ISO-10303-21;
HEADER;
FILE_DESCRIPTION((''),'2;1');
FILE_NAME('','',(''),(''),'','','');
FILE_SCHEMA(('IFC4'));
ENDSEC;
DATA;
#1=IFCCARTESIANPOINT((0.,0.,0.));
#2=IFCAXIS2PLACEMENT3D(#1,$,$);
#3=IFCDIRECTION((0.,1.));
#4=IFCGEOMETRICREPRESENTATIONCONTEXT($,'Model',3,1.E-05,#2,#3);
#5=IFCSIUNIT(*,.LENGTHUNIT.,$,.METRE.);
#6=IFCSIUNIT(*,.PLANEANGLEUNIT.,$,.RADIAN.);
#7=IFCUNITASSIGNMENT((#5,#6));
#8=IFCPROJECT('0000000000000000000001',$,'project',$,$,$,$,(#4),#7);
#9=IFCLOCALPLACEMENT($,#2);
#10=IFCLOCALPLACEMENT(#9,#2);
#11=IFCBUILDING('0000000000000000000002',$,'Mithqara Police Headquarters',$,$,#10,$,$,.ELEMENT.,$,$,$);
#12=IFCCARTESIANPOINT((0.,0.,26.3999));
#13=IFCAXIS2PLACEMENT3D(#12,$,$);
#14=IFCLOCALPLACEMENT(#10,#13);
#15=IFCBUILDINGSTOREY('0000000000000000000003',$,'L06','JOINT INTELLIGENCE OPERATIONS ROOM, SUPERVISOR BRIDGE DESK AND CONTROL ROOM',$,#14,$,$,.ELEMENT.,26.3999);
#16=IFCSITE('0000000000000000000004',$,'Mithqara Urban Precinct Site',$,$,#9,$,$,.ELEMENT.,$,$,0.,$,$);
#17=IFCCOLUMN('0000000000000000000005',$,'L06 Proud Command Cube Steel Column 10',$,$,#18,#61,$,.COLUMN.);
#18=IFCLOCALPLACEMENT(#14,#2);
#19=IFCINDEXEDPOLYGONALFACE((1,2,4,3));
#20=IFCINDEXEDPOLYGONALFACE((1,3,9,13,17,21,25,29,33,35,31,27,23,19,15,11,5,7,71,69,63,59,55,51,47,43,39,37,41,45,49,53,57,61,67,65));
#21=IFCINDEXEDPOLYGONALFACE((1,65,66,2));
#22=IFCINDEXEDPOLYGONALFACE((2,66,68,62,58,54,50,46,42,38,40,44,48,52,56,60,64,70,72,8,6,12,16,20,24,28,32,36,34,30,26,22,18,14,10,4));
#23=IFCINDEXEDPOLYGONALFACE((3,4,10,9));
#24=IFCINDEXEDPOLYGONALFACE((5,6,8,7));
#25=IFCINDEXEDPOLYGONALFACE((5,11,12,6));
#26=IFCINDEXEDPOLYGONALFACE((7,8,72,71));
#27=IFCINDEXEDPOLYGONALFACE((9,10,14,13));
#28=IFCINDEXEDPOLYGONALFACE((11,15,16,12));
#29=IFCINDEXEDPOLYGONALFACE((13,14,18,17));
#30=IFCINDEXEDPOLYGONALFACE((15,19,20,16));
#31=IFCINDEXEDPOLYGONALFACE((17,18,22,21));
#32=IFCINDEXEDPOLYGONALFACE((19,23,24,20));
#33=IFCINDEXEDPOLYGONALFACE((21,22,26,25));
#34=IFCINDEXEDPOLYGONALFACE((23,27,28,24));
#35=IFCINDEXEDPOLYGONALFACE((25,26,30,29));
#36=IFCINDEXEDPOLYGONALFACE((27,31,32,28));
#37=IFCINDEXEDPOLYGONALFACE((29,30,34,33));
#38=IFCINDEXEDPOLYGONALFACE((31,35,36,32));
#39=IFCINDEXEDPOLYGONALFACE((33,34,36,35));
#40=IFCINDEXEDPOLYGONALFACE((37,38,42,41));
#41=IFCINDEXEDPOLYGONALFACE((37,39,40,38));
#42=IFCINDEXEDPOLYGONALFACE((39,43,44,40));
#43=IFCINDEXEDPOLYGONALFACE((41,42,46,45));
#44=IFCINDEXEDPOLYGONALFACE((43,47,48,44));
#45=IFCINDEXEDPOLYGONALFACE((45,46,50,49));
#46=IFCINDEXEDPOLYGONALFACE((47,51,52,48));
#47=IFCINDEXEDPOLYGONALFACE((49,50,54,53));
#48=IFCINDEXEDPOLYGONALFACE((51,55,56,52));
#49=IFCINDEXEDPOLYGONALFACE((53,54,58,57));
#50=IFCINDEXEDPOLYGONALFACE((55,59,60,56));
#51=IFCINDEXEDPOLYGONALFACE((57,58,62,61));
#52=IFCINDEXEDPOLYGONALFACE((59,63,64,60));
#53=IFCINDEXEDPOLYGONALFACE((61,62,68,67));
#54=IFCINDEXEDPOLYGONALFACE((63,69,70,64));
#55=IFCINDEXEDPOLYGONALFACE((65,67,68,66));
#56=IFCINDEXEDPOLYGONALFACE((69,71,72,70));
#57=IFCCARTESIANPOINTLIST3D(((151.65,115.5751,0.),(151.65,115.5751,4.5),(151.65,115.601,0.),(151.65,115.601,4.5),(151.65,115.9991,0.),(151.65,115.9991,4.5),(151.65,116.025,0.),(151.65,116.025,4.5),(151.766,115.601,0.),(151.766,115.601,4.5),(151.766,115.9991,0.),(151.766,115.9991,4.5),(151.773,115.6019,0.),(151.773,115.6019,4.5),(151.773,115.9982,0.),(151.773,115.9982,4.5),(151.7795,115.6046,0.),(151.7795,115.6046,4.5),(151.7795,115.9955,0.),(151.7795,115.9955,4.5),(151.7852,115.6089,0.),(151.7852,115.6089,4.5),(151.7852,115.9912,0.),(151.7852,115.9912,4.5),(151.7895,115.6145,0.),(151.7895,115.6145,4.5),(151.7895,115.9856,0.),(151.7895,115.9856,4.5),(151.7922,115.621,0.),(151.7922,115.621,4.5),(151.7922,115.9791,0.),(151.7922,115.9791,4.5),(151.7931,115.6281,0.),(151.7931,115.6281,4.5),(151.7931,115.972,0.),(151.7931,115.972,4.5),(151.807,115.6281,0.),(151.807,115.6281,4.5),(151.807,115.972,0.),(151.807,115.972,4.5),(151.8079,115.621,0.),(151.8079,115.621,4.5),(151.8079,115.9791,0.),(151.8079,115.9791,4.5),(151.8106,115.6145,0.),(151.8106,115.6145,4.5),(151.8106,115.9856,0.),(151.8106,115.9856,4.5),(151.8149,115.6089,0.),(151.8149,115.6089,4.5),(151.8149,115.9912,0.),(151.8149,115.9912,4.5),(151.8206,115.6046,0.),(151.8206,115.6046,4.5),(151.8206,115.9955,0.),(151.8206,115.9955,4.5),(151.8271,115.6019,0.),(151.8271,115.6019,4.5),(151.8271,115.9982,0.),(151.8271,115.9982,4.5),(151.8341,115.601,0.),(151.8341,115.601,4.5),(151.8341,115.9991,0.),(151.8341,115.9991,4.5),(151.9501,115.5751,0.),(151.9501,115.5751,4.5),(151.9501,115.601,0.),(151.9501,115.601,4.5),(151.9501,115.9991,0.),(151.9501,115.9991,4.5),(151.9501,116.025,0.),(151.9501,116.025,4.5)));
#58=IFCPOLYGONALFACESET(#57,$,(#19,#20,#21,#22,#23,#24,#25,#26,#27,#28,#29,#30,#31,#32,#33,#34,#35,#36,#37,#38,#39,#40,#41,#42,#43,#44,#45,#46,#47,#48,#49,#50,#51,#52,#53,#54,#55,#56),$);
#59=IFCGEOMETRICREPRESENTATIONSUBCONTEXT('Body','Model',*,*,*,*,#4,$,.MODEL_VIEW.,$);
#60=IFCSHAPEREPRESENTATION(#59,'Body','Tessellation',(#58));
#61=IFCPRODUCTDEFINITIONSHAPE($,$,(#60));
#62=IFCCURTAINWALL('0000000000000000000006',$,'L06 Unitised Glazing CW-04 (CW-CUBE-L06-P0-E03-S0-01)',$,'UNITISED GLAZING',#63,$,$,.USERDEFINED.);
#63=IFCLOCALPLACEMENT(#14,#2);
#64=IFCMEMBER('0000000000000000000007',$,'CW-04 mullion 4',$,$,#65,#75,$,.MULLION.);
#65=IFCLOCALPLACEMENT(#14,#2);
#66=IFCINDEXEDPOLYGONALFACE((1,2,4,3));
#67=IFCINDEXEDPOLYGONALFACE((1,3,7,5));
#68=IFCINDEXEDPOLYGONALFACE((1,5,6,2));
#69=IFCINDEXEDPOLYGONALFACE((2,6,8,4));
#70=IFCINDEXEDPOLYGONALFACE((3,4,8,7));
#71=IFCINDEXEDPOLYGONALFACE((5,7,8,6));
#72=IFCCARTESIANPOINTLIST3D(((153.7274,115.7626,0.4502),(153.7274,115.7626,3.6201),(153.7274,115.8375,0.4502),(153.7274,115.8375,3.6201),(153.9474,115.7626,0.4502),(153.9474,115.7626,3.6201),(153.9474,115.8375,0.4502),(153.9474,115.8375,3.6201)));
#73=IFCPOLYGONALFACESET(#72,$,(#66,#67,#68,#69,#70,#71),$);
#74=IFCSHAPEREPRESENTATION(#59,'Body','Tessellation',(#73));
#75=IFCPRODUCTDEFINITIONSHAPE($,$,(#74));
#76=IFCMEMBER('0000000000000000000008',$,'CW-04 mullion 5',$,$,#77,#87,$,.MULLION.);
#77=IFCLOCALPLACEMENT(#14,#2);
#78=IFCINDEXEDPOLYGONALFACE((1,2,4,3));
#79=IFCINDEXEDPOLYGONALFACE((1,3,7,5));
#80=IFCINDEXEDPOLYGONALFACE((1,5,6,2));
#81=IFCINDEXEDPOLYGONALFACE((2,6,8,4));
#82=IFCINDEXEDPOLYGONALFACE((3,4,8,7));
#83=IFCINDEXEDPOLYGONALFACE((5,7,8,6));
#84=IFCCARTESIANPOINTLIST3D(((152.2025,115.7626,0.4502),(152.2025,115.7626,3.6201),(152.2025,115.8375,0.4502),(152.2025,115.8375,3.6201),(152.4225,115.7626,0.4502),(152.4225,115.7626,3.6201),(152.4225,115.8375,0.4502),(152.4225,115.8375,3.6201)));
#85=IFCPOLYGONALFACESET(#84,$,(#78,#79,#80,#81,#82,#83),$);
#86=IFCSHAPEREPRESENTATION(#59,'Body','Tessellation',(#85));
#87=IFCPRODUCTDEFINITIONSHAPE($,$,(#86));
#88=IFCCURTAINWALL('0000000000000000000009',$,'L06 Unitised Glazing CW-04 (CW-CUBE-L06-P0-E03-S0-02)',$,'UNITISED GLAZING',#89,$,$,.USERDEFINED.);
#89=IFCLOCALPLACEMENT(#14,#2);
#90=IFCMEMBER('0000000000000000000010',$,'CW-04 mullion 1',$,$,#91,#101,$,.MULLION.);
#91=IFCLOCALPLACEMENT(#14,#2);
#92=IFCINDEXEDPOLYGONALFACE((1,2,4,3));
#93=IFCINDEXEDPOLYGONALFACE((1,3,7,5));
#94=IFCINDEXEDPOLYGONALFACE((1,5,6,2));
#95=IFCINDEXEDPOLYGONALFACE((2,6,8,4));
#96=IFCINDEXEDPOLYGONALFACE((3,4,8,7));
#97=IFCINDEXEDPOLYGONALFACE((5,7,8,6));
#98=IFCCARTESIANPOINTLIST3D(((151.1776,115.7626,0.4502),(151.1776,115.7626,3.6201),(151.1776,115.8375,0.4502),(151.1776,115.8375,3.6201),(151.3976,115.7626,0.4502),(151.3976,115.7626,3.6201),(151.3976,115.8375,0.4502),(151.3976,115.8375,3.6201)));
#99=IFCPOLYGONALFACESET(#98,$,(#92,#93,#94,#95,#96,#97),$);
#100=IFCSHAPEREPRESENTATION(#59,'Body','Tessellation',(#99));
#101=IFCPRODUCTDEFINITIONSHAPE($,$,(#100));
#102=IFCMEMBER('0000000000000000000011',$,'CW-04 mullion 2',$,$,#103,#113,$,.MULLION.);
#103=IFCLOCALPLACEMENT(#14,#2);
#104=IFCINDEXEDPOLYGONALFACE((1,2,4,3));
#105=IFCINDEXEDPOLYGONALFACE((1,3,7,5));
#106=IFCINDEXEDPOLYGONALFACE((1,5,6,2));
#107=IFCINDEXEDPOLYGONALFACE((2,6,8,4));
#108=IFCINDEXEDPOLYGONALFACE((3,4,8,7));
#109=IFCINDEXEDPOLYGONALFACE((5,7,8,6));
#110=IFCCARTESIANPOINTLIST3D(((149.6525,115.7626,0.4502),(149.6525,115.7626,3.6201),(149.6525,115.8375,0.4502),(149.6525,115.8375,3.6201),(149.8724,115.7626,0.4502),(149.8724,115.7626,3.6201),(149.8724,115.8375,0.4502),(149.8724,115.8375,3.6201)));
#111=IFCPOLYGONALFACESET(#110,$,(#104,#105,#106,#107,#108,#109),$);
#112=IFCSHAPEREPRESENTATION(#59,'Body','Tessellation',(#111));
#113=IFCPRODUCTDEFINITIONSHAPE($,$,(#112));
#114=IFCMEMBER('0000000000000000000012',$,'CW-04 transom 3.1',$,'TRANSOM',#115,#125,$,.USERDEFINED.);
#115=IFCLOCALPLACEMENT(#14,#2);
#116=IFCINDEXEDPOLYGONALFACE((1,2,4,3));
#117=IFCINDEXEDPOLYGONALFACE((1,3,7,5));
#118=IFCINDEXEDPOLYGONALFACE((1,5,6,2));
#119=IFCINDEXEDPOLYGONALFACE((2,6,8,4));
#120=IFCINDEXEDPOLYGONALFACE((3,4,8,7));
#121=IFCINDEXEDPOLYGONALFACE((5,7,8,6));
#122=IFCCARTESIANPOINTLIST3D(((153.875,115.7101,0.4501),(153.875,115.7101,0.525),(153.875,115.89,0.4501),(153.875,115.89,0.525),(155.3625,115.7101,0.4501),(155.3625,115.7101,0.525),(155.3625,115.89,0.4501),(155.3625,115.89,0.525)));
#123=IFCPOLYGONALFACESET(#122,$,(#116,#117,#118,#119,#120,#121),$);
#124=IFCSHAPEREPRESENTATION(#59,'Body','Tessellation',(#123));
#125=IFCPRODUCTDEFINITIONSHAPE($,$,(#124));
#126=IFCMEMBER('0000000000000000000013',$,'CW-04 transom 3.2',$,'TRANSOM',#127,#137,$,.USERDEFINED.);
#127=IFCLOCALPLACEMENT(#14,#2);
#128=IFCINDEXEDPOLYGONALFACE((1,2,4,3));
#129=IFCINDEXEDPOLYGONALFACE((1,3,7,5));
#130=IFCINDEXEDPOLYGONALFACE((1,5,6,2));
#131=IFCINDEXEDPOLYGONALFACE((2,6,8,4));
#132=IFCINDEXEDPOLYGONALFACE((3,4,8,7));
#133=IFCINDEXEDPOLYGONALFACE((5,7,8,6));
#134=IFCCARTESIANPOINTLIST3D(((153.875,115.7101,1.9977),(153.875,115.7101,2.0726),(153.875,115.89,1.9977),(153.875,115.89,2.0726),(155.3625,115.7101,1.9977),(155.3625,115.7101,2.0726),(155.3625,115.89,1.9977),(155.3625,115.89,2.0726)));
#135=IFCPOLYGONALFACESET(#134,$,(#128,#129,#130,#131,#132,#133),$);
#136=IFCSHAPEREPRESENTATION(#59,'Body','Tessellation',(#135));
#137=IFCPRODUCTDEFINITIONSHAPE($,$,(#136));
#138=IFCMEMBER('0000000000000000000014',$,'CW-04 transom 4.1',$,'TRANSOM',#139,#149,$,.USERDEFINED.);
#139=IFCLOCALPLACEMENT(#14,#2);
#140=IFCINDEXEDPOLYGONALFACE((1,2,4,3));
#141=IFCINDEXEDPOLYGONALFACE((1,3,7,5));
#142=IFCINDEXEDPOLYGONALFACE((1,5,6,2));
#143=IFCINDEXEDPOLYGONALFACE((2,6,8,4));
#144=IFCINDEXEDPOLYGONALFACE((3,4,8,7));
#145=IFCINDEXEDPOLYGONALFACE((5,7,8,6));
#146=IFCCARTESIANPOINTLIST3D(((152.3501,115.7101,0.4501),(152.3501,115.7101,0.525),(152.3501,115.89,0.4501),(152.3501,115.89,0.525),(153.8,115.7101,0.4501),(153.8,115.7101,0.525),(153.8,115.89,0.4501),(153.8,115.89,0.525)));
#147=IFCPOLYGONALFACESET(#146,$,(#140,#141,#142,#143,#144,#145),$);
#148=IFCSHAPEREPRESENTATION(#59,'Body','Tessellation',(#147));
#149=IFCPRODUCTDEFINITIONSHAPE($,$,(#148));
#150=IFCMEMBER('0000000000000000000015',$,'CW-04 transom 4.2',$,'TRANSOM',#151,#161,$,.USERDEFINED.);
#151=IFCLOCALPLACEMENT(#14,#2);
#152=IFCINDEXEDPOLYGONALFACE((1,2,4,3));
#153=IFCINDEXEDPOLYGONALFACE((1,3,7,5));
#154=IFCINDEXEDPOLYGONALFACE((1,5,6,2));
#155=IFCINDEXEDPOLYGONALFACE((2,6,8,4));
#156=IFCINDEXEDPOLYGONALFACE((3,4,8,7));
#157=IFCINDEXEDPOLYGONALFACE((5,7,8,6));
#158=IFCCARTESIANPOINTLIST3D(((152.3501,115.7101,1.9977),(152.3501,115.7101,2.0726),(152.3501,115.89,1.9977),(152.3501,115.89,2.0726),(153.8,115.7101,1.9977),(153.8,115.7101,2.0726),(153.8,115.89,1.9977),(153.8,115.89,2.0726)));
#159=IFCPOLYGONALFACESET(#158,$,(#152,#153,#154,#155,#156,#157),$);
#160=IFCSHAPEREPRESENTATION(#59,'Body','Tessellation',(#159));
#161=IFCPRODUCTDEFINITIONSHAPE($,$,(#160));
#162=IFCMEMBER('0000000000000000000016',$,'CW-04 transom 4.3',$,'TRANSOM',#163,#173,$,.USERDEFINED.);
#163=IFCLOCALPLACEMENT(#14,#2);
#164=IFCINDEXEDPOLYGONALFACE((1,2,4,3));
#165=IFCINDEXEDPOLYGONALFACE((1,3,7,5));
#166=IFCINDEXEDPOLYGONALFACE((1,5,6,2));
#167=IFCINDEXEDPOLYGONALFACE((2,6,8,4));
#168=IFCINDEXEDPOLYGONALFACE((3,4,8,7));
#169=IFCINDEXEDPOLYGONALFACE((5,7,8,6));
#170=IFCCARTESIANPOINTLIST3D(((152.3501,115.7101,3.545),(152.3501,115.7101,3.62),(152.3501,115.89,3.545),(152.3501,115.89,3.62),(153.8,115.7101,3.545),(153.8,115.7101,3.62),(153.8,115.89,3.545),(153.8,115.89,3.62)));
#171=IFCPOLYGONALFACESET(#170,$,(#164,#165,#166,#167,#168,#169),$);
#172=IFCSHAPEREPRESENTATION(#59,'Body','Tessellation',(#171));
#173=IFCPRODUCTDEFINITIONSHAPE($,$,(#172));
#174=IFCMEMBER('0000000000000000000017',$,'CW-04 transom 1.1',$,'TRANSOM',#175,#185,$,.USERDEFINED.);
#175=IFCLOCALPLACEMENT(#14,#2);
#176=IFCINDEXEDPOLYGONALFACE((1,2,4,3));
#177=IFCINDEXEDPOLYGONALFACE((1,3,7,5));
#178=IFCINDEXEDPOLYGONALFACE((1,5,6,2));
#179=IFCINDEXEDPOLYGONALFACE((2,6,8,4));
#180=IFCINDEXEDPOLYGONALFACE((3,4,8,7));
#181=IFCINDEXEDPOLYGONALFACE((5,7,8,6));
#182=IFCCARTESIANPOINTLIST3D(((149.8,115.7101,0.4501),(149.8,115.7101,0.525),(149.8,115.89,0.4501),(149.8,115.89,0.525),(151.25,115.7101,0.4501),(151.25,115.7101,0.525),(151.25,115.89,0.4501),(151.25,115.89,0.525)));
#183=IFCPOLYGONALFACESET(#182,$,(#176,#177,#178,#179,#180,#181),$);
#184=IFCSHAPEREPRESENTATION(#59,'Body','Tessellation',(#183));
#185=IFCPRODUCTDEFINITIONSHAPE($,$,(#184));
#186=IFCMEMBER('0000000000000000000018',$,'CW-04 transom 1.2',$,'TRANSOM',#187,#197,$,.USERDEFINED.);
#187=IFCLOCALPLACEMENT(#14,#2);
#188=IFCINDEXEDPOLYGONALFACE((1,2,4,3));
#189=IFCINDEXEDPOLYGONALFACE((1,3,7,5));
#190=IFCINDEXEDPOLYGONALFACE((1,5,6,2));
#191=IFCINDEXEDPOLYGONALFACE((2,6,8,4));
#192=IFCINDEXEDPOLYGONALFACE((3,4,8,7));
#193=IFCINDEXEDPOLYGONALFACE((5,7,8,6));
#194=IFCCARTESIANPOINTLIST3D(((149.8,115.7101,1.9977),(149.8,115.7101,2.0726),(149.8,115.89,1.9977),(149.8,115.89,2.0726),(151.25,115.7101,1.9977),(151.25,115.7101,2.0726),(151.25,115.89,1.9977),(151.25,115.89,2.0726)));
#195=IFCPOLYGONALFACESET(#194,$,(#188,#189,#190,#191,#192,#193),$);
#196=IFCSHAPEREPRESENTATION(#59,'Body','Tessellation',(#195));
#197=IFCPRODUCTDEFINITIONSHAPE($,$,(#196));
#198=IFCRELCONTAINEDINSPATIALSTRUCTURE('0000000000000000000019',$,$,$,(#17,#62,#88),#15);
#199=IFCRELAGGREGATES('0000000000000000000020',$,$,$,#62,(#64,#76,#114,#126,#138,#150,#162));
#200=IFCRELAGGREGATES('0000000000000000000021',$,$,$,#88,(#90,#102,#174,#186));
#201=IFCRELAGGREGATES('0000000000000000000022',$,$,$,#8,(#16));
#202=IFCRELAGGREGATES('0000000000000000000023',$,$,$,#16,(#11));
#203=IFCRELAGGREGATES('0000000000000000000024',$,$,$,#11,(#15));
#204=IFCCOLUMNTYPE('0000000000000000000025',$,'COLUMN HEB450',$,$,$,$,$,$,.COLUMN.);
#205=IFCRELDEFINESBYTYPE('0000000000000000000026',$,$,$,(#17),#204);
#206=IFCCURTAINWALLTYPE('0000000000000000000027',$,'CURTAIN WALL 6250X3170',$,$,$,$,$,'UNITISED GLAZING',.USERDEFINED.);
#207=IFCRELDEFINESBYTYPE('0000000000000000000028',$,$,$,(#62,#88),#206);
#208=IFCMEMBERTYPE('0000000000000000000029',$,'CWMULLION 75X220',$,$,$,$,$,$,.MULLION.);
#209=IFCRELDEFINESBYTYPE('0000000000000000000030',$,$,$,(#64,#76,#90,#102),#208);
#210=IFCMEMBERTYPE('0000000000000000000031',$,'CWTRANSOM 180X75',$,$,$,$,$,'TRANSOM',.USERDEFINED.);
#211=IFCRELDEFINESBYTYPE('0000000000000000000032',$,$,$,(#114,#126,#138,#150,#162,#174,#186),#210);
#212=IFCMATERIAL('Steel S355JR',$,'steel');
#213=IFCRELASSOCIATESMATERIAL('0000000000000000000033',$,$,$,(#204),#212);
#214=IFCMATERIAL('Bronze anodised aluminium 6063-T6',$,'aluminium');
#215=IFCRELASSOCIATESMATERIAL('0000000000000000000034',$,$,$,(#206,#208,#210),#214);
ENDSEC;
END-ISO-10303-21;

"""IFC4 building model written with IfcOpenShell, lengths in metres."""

from ifc_helpers import new_model, si_unit, direction, frame, origin, origin_2d, place, context, subcontext, project, spatial, rectangle, i_section, extrude, material, material_profile, profile_set, type_object, element, aggregate, save


model = new_model("IFC4")

# Units and contexts
model_context = context("Model", 3, precision=1e-05, world=origin(), true_north=direction((0.0, 1.0)))
body_context = subcontext(model_context, "Body", "Model", "MODEL_VIEW")
ifc_project = project(units=[si_unit("LENGTHUNIT", "METRE"), si_unit("PLANEANGLEUNIT", "RADIAN")], contexts=[model_context])

# Site, building, storey
site_placement = place(None, origin())
site = spatial("IfcSite", under=ifc_project, at=site_placement, Name="Mithqara Urban Precinct Site", CompositionType="ELEMENT", RefElevation=0.0)
building_placement = place(site_placement, origin())
building = spatial("IfcBuilding", under=site, at=building_placement, Name="Mithqara Police Headquarters", CompositionType="ELEMENT")
storey_placement = place(building_placement, frame((0.0, 0.0, 26.3999)))
storey = spatial("IfcBuildingStorey", under=building, at=storey_placement, Name="L06", Description="JOINT INTELLIGENCE OPERATIONS ROOM, SUPERVISOR BRIDGE DESK AND CONTROL ROOM", CompositionType="ELEMENT", Elevation=26.3999)

# Column
ifc_material_1 = material(Name="Steel S355JR", Category="steel")
ifc_material_profile_1 = material_profile(ifc_material_1, i_section(OverallWidth=0.3, OverallDepth=0.45, WebThickness=0.0139, FlangeThickness=0.0259, FilletRadius=0.0271, at=origin_2d()), Name="HEB 450")
ifc_profile_set_1 = profile_set([ifc_material_profile_1], Name="Steel S355JR")
column_type = type_object("IfcColumnType", Name="COLUMN HEB450", PredefinedType="COLUMN", material=ifc_profile_set_1)
column_placement = place(storey_placement, frame((151.8, 115.8, 0.0), z_axis=(0.0, 0.0, 1.0), x_axis=(1.0, 0.0, 0.0)))
element("IfcColumn", 1, at=column_placement, inside=storey, type_object=column_type, Name="L06 Proud Command Cube Steel Column 10", PredefinedType="COLUMN", context=body_context, shape_type="SweptSolid", body=[
    extrude(i_section(OverallWidth=0.3, OverallDepth=0.45, WebThickness=0.0139, FlangeThickness=0.0259, FilletRadius=0.0271, at=origin_2d()), origin(), (0.0, 0.0, 1.0), 4.5),
])

# Curtain walls, members
ifc_material_2 = material(Name="Bronze anodised aluminium 6063-T6", Category="aluminium")
curtain_wall_type = type_object("IfcCurtainWallType", Name="CURTAIN WALL 6250X3170", ElementType="UNITISED GLAZING", PredefinedType="USERDEFINED", material=ifc_material_2)
curtain_wall_1_placement = place(storey_placement, origin())
curtain_wall_1 = element("IfcCurtainWall", 2, at=curtain_wall_1_placement, inside=storey, type_object=curtain_wall_type, Name="L06 Unitised Glazing CW-04 (CW-CUBE-L06-P0-E03-S0-01)", ObjectType="UNITISED GLAZING", PredefinedType="USERDEFINED")
ifc_material_profile_2 = material_profile(ifc_material_2, rectangle(XDim=0.075, YDim=0.22, at=origin_2d()), Name="CWM 75x220")
ifc_profile_set_2 = profile_set([ifc_material_profile_2], Name="Bronze anodised aluminium 6063-T6")
member_type_1 = type_object("IfcMemberType", Name="CWMULLION 75X220", PredefinedType="MULLION", material=ifc_profile_set_2)
member_1_placement = place(storey_placement, frame((153.8374, 115.8, 0.4502), z_axis=(0.0, 0.0, 1.0), x_axis=(0.0, -1.0, 0.0)))
member_1 = element("IfcMember", 3, at=member_1_placement, type_object=member_type_1, Name="CW-04 mullion 4", PredefinedType="MULLION", context=body_context, shape_type="SweptSolid", body=[
    extrude(rectangle(XDim=0.075, YDim=0.22, at=origin_2d()), origin(), (0.0, 0.0, 1.0), 3.1699),
])
member_2_placement = place(storey_placement, frame((152.3125, 115.8, 0.4502), z_axis=(0.0, 0.0, 1.0), x_axis=(0.0, -1.0, 0.0)))
member_2 = element("IfcMember", 4, at=member_2_placement, type_object=member_type_1, Name="CW-04 mullion 5", PredefinedType="MULLION", context=body_context, shape_type="SweptSolid", body=[
    extrude(rectangle(XDim=0.075, YDim=0.22, at=origin_2d()), origin(), (0.0, 0.0, 1.0), 3.1699),
])
curtain_wall_2_placement = place(storey_placement, origin())
curtain_wall_2 = element("IfcCurtainWall", 5, at=curtain_wall_2_placement, inside=storey, type_object=curtain_wall_type, Name="L06 Unitised Glazing CW-04 (CW-CUBE-L06-P0-E03-S0-02)", ObjectType="UNITISED GLAZING", PredefinedType="USERDEFINED")
member_3_placement = place(storey_placement, frame((151.2876, 115.8, 0.4502), z_axis=(0.0, 0.0, 1.0), x_axis=(0.0, -1.0, 0.0)))
member_3 = element("IfcMember", 6, at=member_3_placement, type_object=member_type_1, Name="CW-04 mullion 1", PredefinedType="MULLION", context=body_context, shape_type="SweptSolid", body=[
    extrude(rectangle(XDim=0.075, YDim=0.22, at=origin_2d()), origin(), (0.0, 0.0, 1.0), 3.1699),
])
member_4_placement = place(storey_placement, frame((149.7625, 115.8, 0.4502), z_axis=(0.0, 0.0, 1.0), x_axis=(0.0, -1.0, 0.0)))
member_4 = element("IfcMember", 7, at=member_4_placement, type_object=member_type_1, Name="CW-04 mullion 2", PredefinedType="MULLION", context=body_context, shape_type="SweptSolid", body=[
    extrude(rectangle(XDim=0.075, YDim=0.22, at=origin_2d()), origin(), (0.0, 0.0, 1.0), 3.1699),
])

# Members
ifc_material_profile_3 = material_profile(ifc_material_2, rectangle(XDim=0.1799, YDim=0.075, at=origin_2d()), Name="CWT 180x75")
ifc_profile_set_3 = profile_set([ifc_material_profile_3], Name="Bronze anodised aluminium 6063-T6")
member_type_2 = type_object("IfcMemberType", Name="CWTRANSOM 180X75", ElementType="TRANSOM", PredefinedType="USERDEFINED", material=ifc_profile_set_3)
member_5_placement = place(storey_placement, frame((155.3625, 115.8, 0.4875), z_axis=(-1.0, 0.0, 0.0), x_axis=(0.0, -1.0, 0.0)))
member_5 = element("IfcMember", 8, at=member_5_placement, type_object=member_type_2, Name="CW-04 transom 3.1", ObjectType="TRANSOM", PredefinedType="USERDEFINED", context=body_context, shape_type="SweptSolid", body=[
    extrude(rectangle(XDim=0.1799, YDim=0.075, at=origin_2d()), origin(), (0.0, 0.0, 1.0), 1.4875),
])
member_6_placement = place(storey_placement, frame((155.3625, 115.8, 2.0352), z_axis=(-1.0, 0.0, 0.0), x_axis=(0.0, -1.0, 0.0)))
member_6 = element("IfcMember", 9, at=member_6_placement, type_object=member_type_2, Name="CW-04 transom 3.2", ObjectType="TRANSOM", PredefinedType="USERDEFINED", context=body_context, shape_type="SweptSolid", body=[
    extrude(rectangle(XDim=0.1799, YDim=0.075, at=origin_2d()), origin(), (0.0, 0.0, 1.0), 1.4875),
])
member_7_placement = place(storey_placement, frame((153.8, 115.8, 0.4875), z_axis=(-1.0, 0.0, 0.0), x_axis=(0.0, -1.0, 0.0)))
member_7 = element("IfcMember", 10, at=member_7_placement, type_object=member_type_2, Name="CW-04 transom 4.1", ObjectType="TRANSOM", PredefinedType="USERDEFINED", context=body_context, shape_type="SweptSolid", body=[
    extrude(rectangle(XDim=0.1799, YDim=0.075, at=origin_2d()), origin(), (0.0, 0.0, 1.0), 1.45),
])
member_8_placement = place(storey_placement, frame((153.8, 115.8, 2.0352), z_axis=(-1.0, 0.0, 0.0), x_axis=(0.0, -1.0, 0.0)))
member_8 = element("IfcMember", 11, at=member_8_placement, type_object=member_type_2, Name="CW-04 transom 4.2", ObjectType="TRANSOM", PredefinedType="USERDEFINED", context=body_context, shape_type="SweptSolid", body=[
    extrude(rectangle(XDim=0.1799, YDim=0.075, at=origin_2d()), origin(), (0.0, 0.0, 1.0), 1.45),
])
member_9_placement = place(storey_placement, frame((153.8, 115.8, 3.5825), z_axis=(-1.0, 0.0, 0.0), x_axis=(0.0, -1.0, 0.0)))
member_9 = element("IfcMember", 12, at=member_9_placement, type_object=member_type_2, Name="CW-04 transom 4.3", ObjectType="TRANSOM", PredefinedType="USERDEFINED", context=body_context, shape_type="SweptSolid", body=[
    extrude(rectangle(XDim=0.1799, YDim=0.075, at=origin_2d()), origin(), (0.0, 0.0, 1.0), 1.45),
])
member_10_placement = place(storey_placement, frame((151.25, 115.8, 0.4875), z_axis=(-1.0, 0.0, 0.0), x_axis=(0.0, -1.0, 0.0)))
member_10 = element("IfcMember", 13, at=member_10_placement, type_object=member_type_2, Name="CW-04 transom 1.1", ObjectType="TRANSOM", PredefinedType="USERDEFINED", context=body_context, shape_type="SweptSolid", body=[
    extrude(rectangle(XDim=0.1799, YDim=0.075, at=origin_2d()), origin(), (0.0, 0.0, 1.0), 1.45),
])
member_11_placement = place(storey_placement, frame((151.25, 115.8, 2.0352), z_axis=(-1.0, 0.0, 0.0), x_axis=(0.0, -1.0, 0.0)))
member_11 = element("IfcMember", 14, at=member_11_placement, type_object=member_type_2, Name="CW-04 transom 1.2", ObjectType="TRANSOM", PredefinedType="USERDEFINED", context=body_context, shape_type="SweptSolid", body=[
    extrude(rectangle(XDim=0.1799, YDim=0.075, at=origin_2d()), origin(), (0.0, 0.0, 1.0), 1.45),
])

aggregate(curtain_wall_1, [member_1, member_2, member_5, member_6, member_7, member_8, member_9])
aggregate(curtain_wall_2, [member_3, member_4, member_10, member_11])

save(model, "model.ifc")
